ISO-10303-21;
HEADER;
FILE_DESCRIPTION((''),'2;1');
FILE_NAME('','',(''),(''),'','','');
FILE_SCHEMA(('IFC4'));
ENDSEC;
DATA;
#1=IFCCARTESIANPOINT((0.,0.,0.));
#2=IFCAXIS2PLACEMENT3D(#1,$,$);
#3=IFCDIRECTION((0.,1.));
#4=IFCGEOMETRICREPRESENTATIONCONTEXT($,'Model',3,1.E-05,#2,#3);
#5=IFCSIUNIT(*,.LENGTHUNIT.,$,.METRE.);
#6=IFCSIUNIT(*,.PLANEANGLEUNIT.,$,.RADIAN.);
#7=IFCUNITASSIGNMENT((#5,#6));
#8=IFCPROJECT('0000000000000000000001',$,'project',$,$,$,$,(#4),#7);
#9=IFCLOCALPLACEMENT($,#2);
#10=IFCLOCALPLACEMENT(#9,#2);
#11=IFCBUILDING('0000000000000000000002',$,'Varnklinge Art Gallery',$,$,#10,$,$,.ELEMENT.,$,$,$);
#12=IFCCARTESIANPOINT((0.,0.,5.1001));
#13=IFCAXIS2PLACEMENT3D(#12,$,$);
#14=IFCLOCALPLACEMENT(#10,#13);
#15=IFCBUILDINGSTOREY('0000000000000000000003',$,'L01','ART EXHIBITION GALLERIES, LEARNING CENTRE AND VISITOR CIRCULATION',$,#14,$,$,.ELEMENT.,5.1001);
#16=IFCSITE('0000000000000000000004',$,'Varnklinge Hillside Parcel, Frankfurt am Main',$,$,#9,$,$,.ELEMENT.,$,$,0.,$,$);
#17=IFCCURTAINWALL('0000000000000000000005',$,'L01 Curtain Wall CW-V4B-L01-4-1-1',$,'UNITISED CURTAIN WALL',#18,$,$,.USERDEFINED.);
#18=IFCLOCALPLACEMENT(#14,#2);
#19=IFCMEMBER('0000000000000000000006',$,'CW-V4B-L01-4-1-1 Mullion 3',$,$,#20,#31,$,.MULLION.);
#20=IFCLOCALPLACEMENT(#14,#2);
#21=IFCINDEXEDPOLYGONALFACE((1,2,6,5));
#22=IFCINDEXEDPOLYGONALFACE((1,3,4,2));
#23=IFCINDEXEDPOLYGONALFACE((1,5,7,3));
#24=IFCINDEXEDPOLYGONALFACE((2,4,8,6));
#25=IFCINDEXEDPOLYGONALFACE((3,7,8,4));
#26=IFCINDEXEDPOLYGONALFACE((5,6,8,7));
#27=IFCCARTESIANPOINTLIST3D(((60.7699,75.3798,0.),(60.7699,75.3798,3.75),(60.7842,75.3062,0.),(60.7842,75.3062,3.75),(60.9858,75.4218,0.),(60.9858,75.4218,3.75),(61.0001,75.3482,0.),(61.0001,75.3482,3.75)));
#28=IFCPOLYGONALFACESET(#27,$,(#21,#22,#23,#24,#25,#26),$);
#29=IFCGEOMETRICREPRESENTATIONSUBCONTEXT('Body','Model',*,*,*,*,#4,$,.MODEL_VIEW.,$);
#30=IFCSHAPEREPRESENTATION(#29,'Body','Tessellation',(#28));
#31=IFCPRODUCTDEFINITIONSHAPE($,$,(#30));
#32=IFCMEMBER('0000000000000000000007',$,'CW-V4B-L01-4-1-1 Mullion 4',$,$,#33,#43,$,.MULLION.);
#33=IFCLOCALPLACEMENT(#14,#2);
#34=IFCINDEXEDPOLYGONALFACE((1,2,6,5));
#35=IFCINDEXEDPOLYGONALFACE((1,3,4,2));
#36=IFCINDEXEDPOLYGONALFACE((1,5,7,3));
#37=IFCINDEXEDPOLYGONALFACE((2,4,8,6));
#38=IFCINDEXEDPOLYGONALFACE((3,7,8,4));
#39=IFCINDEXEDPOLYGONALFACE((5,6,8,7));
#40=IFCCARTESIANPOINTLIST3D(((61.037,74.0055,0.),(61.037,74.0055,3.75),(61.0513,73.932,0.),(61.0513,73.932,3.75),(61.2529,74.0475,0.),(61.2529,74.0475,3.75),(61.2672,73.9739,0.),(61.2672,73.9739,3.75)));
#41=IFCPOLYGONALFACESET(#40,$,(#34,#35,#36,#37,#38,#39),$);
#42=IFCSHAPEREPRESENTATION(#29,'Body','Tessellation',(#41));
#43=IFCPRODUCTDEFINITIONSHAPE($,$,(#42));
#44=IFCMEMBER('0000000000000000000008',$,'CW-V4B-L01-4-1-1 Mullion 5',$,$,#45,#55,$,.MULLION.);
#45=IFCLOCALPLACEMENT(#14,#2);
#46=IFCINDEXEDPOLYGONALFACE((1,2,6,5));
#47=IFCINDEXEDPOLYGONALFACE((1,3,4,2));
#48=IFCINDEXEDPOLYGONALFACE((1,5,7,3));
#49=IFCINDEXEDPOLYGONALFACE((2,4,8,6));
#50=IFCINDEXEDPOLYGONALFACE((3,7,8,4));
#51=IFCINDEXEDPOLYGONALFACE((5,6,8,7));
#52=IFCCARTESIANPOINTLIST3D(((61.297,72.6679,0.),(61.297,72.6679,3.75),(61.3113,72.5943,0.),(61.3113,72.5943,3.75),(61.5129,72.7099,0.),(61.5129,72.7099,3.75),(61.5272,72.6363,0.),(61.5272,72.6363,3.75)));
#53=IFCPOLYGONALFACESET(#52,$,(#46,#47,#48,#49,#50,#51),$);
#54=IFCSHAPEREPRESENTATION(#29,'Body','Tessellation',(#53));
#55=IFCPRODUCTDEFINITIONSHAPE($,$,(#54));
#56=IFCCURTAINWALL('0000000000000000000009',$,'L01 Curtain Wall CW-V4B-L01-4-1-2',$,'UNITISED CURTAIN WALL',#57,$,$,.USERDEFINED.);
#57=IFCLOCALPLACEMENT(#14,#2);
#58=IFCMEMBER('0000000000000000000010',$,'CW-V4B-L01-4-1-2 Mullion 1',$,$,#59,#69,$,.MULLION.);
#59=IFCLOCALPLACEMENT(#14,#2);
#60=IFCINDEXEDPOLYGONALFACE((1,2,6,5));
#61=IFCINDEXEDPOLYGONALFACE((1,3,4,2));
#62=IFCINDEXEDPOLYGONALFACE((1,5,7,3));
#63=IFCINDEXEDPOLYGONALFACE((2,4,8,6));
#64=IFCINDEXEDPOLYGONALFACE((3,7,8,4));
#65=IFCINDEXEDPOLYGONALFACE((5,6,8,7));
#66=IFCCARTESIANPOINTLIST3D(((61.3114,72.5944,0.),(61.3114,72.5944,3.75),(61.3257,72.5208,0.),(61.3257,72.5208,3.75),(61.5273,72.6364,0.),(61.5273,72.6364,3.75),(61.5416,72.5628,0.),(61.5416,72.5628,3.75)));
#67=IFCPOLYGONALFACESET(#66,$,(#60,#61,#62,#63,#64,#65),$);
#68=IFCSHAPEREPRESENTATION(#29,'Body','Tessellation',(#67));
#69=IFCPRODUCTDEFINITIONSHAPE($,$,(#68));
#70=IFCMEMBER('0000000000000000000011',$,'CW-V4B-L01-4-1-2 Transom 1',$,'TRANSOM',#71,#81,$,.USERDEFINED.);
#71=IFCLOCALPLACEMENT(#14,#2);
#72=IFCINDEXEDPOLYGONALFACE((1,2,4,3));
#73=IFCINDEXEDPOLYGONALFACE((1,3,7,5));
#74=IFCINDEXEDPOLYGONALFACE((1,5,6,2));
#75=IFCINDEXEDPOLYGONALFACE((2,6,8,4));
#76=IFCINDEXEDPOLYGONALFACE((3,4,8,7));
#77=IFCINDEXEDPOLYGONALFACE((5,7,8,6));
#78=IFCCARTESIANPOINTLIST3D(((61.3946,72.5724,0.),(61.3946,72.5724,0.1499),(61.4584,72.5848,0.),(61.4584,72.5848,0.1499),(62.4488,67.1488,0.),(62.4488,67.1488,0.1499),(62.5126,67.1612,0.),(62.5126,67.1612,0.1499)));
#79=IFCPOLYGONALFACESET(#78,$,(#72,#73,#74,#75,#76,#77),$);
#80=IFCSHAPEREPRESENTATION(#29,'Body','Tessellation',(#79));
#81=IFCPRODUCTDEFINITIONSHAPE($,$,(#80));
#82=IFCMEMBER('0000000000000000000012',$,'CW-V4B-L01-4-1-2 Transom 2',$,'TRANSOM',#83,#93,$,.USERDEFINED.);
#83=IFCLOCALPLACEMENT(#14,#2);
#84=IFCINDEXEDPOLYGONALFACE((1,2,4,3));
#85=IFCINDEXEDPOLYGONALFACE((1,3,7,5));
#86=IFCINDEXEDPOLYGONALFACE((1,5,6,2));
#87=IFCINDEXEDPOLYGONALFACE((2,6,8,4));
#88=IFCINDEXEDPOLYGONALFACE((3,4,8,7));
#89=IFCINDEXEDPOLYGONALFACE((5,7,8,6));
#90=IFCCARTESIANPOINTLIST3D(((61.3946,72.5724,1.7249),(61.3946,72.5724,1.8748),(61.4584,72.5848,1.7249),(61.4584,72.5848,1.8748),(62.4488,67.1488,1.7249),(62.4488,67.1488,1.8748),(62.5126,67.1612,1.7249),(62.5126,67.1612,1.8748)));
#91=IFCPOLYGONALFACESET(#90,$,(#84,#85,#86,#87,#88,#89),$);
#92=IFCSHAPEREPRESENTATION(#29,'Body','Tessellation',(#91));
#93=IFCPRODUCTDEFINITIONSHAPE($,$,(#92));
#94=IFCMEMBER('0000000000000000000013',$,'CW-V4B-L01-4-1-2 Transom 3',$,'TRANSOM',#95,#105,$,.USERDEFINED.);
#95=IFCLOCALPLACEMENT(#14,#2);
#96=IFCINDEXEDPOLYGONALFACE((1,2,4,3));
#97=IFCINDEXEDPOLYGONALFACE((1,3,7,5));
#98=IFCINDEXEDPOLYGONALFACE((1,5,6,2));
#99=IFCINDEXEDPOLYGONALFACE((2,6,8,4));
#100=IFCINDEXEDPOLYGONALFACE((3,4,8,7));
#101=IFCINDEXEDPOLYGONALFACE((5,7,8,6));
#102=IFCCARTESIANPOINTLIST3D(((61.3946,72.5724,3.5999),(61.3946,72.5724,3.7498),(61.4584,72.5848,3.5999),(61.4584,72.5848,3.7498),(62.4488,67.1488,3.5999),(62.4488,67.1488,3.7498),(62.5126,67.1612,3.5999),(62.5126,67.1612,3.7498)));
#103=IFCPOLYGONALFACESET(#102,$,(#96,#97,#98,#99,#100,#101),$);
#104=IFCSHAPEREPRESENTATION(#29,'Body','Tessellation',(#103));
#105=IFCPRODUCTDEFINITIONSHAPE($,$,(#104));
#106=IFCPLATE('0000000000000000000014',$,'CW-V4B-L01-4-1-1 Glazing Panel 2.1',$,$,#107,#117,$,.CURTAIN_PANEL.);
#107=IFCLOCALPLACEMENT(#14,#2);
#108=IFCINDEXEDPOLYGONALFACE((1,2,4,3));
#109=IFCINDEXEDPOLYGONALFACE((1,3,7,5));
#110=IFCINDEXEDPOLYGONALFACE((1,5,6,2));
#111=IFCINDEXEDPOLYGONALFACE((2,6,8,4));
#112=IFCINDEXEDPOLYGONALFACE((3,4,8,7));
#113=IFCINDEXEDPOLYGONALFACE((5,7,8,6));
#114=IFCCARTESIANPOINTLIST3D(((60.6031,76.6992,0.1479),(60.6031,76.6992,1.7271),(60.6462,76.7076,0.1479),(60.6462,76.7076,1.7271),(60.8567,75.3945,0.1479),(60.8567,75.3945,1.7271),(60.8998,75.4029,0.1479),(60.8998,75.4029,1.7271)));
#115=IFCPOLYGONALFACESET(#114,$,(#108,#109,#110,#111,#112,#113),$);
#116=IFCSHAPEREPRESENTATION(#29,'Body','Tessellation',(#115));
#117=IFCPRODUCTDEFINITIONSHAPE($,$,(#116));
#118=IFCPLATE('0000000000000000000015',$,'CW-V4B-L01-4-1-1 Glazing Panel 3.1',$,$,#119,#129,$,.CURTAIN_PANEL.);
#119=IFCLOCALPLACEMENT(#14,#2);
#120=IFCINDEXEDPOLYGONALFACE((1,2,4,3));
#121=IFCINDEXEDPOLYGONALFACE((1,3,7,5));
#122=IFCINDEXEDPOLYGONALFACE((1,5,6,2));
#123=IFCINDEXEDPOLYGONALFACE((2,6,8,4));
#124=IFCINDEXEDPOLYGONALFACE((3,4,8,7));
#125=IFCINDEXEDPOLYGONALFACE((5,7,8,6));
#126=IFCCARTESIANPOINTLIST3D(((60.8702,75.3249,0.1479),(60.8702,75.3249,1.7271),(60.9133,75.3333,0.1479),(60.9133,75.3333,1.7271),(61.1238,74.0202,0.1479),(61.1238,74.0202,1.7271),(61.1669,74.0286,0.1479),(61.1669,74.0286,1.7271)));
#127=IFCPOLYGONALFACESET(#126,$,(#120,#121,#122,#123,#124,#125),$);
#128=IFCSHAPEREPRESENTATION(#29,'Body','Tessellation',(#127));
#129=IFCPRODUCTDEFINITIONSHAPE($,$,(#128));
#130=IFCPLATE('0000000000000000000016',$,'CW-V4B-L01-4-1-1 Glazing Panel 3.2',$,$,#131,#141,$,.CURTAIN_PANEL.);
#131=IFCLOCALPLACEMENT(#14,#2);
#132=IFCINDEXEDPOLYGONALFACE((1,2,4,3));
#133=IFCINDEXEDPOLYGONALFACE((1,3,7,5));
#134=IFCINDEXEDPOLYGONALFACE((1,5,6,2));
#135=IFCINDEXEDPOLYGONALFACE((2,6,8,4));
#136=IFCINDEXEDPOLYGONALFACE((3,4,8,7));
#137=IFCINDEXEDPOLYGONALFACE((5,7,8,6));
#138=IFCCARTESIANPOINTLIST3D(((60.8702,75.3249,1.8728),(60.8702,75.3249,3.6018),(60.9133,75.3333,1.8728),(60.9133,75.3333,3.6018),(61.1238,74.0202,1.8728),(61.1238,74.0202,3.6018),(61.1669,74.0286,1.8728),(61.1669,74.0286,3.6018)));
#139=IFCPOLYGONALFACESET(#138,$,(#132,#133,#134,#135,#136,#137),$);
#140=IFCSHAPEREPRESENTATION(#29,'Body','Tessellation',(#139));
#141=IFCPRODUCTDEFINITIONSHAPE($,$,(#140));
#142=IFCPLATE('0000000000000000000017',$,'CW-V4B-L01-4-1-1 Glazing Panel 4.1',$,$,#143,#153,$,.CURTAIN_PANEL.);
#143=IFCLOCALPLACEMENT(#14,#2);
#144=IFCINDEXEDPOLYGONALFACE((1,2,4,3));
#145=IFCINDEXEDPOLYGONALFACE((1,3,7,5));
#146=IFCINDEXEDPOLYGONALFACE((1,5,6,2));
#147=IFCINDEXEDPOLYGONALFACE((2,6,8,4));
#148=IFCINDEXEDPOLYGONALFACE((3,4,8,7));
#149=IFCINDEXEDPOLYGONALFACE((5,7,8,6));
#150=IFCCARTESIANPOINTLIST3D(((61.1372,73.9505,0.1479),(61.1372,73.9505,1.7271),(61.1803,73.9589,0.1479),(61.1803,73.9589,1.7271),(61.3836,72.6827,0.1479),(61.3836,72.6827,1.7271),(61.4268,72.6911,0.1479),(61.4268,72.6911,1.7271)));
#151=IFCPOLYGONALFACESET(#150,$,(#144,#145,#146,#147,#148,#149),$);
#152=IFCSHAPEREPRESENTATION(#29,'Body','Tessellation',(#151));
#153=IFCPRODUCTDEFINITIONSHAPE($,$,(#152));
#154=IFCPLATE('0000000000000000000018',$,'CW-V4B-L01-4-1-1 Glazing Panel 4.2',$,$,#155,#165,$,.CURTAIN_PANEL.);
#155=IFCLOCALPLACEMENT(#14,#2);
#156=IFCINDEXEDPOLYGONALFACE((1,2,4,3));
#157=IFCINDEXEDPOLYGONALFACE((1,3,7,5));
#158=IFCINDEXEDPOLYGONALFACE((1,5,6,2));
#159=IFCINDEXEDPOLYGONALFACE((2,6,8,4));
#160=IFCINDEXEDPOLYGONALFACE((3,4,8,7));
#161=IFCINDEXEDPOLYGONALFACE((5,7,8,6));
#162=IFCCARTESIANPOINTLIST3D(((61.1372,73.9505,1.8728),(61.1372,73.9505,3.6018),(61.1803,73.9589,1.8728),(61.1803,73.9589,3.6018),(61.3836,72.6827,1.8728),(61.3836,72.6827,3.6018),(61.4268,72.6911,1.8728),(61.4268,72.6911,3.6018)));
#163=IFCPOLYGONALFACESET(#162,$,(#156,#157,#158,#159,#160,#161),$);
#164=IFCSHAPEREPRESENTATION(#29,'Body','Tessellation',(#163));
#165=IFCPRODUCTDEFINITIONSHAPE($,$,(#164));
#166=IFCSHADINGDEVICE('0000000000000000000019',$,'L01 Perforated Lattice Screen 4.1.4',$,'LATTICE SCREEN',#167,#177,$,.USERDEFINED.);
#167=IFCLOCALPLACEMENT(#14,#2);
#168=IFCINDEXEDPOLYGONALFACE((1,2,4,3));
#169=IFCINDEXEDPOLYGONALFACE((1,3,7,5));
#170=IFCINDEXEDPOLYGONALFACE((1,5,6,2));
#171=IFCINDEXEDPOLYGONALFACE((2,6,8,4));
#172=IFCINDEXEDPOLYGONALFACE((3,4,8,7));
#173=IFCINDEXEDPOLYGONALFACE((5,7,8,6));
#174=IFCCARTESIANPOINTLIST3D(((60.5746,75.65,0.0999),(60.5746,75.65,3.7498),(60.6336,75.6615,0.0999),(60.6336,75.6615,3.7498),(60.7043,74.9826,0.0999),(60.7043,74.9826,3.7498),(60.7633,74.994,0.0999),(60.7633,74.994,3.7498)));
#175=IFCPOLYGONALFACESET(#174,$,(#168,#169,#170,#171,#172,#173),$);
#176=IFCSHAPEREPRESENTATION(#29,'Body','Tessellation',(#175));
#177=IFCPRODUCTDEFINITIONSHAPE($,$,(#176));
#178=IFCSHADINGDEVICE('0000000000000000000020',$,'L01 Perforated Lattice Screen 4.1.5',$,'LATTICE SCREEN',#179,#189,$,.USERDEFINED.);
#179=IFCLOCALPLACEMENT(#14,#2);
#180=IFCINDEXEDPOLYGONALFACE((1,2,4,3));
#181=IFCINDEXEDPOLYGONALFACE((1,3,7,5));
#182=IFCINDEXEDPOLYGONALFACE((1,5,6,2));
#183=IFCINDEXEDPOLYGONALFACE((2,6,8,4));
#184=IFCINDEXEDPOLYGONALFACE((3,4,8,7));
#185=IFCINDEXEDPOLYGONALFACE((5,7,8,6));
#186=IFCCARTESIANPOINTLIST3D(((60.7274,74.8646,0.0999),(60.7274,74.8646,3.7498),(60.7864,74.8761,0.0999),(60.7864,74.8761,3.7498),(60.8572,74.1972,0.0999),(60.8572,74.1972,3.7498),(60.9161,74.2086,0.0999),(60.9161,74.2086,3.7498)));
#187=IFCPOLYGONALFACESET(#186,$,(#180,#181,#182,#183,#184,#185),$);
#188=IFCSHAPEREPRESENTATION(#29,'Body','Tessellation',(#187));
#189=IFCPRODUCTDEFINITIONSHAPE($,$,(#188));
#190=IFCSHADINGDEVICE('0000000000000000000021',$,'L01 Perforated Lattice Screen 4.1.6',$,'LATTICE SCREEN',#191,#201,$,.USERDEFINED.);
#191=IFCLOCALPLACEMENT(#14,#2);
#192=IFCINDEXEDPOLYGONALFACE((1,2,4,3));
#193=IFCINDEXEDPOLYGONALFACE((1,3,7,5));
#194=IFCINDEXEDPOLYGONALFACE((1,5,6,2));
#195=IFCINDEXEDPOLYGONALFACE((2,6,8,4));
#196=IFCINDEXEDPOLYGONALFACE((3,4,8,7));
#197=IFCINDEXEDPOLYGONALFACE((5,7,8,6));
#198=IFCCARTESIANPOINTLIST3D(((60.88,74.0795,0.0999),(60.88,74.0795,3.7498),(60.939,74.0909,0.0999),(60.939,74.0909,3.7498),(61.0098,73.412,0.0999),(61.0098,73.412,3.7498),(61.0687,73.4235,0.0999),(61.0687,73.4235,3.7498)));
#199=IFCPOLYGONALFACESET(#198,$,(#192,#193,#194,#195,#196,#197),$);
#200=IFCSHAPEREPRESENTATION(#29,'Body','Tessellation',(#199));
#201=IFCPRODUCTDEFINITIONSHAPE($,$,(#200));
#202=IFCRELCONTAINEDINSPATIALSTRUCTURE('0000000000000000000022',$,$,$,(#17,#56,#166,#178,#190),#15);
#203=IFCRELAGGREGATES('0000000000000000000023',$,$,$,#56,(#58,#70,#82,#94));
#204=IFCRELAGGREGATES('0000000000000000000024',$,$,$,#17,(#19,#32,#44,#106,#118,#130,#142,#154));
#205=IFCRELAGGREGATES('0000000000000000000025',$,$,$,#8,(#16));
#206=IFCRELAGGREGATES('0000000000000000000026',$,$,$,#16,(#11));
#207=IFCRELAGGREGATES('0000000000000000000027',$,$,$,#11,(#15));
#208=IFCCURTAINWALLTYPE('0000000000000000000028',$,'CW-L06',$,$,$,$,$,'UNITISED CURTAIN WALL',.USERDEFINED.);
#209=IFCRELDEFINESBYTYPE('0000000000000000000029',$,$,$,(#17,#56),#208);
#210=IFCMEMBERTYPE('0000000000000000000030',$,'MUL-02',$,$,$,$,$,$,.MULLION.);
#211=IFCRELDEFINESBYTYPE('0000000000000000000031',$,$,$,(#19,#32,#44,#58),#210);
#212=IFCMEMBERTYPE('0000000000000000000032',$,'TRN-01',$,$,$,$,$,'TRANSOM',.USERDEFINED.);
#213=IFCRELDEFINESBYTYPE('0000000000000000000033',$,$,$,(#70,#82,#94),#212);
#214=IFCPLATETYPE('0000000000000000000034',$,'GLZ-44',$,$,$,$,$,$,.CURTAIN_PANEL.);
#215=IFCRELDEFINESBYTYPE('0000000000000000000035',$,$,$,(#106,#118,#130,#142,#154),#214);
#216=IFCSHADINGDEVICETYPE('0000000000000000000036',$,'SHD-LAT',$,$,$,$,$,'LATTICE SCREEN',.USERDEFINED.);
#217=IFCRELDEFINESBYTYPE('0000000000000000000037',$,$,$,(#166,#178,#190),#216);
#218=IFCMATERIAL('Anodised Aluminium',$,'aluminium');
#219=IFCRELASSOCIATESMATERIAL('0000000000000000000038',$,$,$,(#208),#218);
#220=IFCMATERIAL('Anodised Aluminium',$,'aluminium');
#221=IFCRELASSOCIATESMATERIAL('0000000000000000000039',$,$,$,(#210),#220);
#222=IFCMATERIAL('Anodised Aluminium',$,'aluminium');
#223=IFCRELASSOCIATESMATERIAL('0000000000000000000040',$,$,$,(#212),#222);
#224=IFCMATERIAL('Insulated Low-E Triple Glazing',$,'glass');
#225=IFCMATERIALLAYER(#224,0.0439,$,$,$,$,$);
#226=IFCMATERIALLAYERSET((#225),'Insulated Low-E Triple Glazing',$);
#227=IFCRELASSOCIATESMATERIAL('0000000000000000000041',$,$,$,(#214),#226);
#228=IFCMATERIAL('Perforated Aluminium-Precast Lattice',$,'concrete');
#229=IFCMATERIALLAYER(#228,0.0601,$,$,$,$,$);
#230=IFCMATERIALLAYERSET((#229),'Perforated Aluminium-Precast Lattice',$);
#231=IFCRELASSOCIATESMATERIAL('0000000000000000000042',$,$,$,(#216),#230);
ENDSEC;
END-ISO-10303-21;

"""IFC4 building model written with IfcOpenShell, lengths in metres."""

from ifc_helpers import new_model, si_unit, direction, frame, origin, origin_2d, place, context, subcontext, project, spatial, rectangle, extrude, material, layer, layer_set, material_profile, profile_set, type_object, element, aggregate, save


model = new_model("IFC4")

# Units and contexts
model_context = context("Model", 3, precision=1e-05, world=origin(), true_north=direction((0.0, 1.0)))
body_context = subcontext(model_context, "Body", "Model", "MODEL_VIEW")
ifc_project = project(units=[si_unit("LENGTHUNIT", "METRE"), si_unit("PLANEANGLEUNIT", "RADIAN")], contexts=[model_context])

# Site, building, storey
site_placement = place(None, origin())
site = spatial("IfcSite", under=ifc_project, at=site_placement, Name="Varnklinge Hillside Parcel, Frankfurt am Main", CompositionType="ELEMENT", RefElevation=0.0)
building_placement = place(site_placement, origin())
building = spatial("IfcBuilding", under=site, at=building_placement, Name="Varnklinge Art Gallery", CompositionType="ELEMENT")
storey_placement = place(building_placement, frame((0.0, 0.0, 5.1001)))
storey = spatial("IfcBuildingStorey", under=building, at=storey_placement, Name="L01", Description="ART EXHIBITION GALLERIES, LEARNING CENTRE AND VISITOR CIRCULATION", CompositionType="ELEMENT", Elevation=5.1001)

# Curtain walls, members
ifc_material_1 = material(Name="Anodised Aluminium", Category="aluminium")
curtain_wall_type = type_object("IfcCurtainWallType", Name="CW-L06", ElementType="UNITISED CURTAIN WALL", PredefinedType="USERDEFINED", material=ifc_material_1)
curtain_wall_1_placement = place(storey_placement, origin())
curtain_wall_1 = element("IfcCurtainWall", 1, at=curtain_wall_1_placement, inside=storey, type_object=curtain_wall_type, Name="L01 Curtain Wall CW-V4B-L01-4-1-1", ObjectType="UNITISED CURTAIN WALL", PredefinedType="USERDEFINED")
ifc_material_2 = material(Name="Anodised Aluminium", Category="aluminium")
ifc_material_profile_1 = material_profile(ifc_material_2, rectangle(XDim=0.075, YDim=0.22, at=origin_2d()), Name="ALU 75x220")
ifc_profile_set_1 = profile_set([ifc_material_profile_1], Name="Anodised Aluminium")
member_type_1 = type_object("IfcMemberType", Name="MUL-02", PredefinedType="MULLION", material=ifc_profile_set_1)
member_1_placement = place(storey_placement, frame((60.885, 75.364, 0.0), z_axis=(0.0, 0.0, 1.0), x_axis=(0.190809, -0.981627, 0.0)))
member_1 = element("IfcMember", 2, at=member_1_placement, type_object=member_type_1, Name="CW-V4B-L01-4-1-1 Mullion 3", PredefinedType="MULLION", context=body_context, shape_type="SweptSolid", body=[
    extrude(rectangle(XDim=0.075, YDim=0.22, at=origin_2d()), origin(), (0.0, 0.0, 1.0), 3.75),
])
member_2_placement = place(storey_placement, frame((61.1521, 73.9897, 0.0), z_axis=(0.0, 0.0, 1.0), x_axis=(0.190809, -0.981627, 0.0)))
member_2 = element("IfcMember", 3, at=member_2_placement, type_object=member_type_1, Name="CW-V4B-L01-4-1-1 Mullion 4", PredefinedType="MULLION", context=body_context, shape_type="SweptSolid", body=[
    extrude(rectangle(XDim=0.075, YDim=0.22, at=origin_2d()), origin(), (0.0, 0.0, 1.0), 3.75),
])
member_3_placement = place(storey_placement, frame((61.4121, 72.6521, 0.0), z_axis=(0.0, 0.0, 1.0), x_axis=(0.190809, -0.981627, 0.0)))
member_3 = element("IfcMember", 4, at=member_3_placement, type_object=member_type_1, Name="CW-V4B-L01-4-1-1 Mullion 5", PredefinedType="MULLION", context=body_context, shape_type="SweptSolid", body=[
    extrude(rectangle(XDim=0.075, YDim=0.22, at=origin_2d()), origin(), (0.0, 0.0, 1.0), 3.75),
])
curtain_wall_2_placement = place(storey_placement, origin())
curtain_wall_2 = element("IfcCurtainWall", 5, at=curtain_wall_2_placement, inside=storey, type_object=curtain_wall_type, Name="L01 Curtain Wall CW-V4B-L01-4-1-2", ObjectType="UNITISED CURTAIN WALL", PredefinedType="USERDEFINED")
member_4_placement = place(storey_placement, frame((61.4265, 72.5786, 0.0), z_axis=(0.0, 0.0, 1.0), x_axis=(0.190809, -0.981627, 0.0)))
member_4 = element("IfcMember", 6, at=member_4_placement, type_object=member_type_1, Name="CW-V4B-L01-4-1-2 Mullion 1", PredefinedType="MULLION", context=body_context, shape_type="SweptSolid", body=[
    extrude(rectangle(XDim=0.075, YDim=0.22, at=origin_2d()), origin(), (0.0, 0.0, 1.0), 3.75),
])
ifc_material_3 = material(Name="Anodised Aluminium", Category="aluminium")
ifc_material_profile_2 = material_profile(ifc_material_3, rectangle(XDim=0.0649, YDim=0.1499, at=origin_2d()), Name="ALU 65x150")
ifc_profile_set_2 = profile_set([ifc_material_profile_2], Name="Anodised Aluminium")
member_type_2 = type_object("IfcMemberType", Name="TRN-01", ElementType="TRANSOM", PredefinedType="USERDEFINED", material=ifc_profile_set_2)
member_5_placement = place(storey_placement, frame((61.4265, 72.5786, 0.075), z_axis=(0.190802, -0.981628, 0.0), x_axis=(0.981628, 0.190802, 0.0)))
member_5 = element("IfcMember", 7, at=member_5_placement, type_object=member_type_2, Name="CW-V4B-L01-4-1-2 Transom 1", ObjectType="TRANSOM", PredefinedType="USERDEFINED", context=body_context, shape_type="SweptSolid", body=[
    extrude(rectangle(XDim=0.0649, YDim=0.1499, at=origin_2d()), origin(), (0.0, 0.0, 1.0), 5.5251),
])
member_6_placement = place(storey_placement, frame((61.4265, 72.5786, 1.7998), z_axis=(0.190802, -0.981628, 0.0), x_axis=(0.981628, 0.190802, 0.0)))
member_6 = element("IfcMember", 8, at=member_6_placement, type_object=member_type_2, Name="CW-V4B-L01-4-1-2 Transom 2", ObjectType="TRANSOM", PredefinedType="USERDEFINED", context=body_context, shape_type="SweptSolid", body=[
    extrude(rectangle(XDim=0.0649, YDim=0.1499, at=origin_2d()), origin(), (0.0, 0.0, 1.0), 5.5251),
])
member_7_placement = place(storey_placement, frame((61.4265, 72.5786, 3.6748), z_axis=(0.190802, -0.981628, 0.0), x_axis=(0.981628, 0.190802, 0.0)))
member_7 = element("IfcMember", 9, at=member_7_placement, type_object=member_type_2, Name="CW-V4B-L01-4-1-2 Transom 3", ObjectType="TRANSOM", PredefinedType="USERDEFINED", context=body_context, shape_type="SweptSolid", body=[
    extrude(rectangle(XDim=0.0649, YDim=0.1499, at=origin_2d()), origin(), (0.0, 0.0, 1.0), 5.5251),
])
aggregate(curtain_wall_2, [member_4, member_5, member_6, member_7])

# Plates
ifc_material_4 = material(Name="Insulated Low-E Triple Glazing", Category="glass")
ifc_layer_1 = layer(ifc_material_4, 0.0439)
ifc_layer_set_1 = layer_set([ifc_layer_1], Name="Insulated Low-E Triple Glazing")
plate_type = type_object("IfcPlateType", Name="GLZ-44", PredefinedType="CURTAIN_PANEL", material=ifc_layer_set_1)
plate_1_placement = place(storey_placement, frame((60.7515, 76.051, 0.1479), z_axis=(0.0, 0.0, 1.0), x_axis=(0.190809, -0.981627, 0.0)))
plate_1 = element("IfcPlate", 10, at=plate_1_placement, type_object=plate_type, Name="CW-V4B-L01-4-1-1 Glazing Panel 2.1", PredefinedType="CURTAIN_PANEL", context=body_context, shape_type="SweptSolid", body=[
    extrude(rectangle(XDim=1.3291, YDim=0.0439, at=origin_2d()), origin(), (0.0, 0.0, 1.0), 1.5791),
])
plate_2_placement = place(storey_placement, frame((61.0186, 74.6768, 0.1479), z_axis=(0.0, 0.0, 1.0), x_axis=(0.190809, -0.981627, 0.0)))
plate_2 = element("IfcPlate", 11, at=plate_2_placement, type_object=plate_type, Name="CW-V4B-L01-4-1-1 Glazing Panel 3.1", PredefinedType="CURTAIN_PANEL", context=body_context, shape_type="SweptSolid", body=[
    extrude(rectangle(XDim=1.3291, YDim=0.0439, at=origin_2d()), origin(), (0.0, 0.0, 1.0), 1.5791),
])
plate_3_placement = place(storey_placement, frame((61.0186, 74.6768, 1.8728), z_axis=(0.0, 0.0, 1.0), x_axis=(0.190809, -0.981627, 0.0)))
plate_3 = element("IfcPlate", 12, at=plate_3_placement, type_object=plate_type, Name="CW-V4B-L01-4-1-1 Glazing Panel 3.2", PredefinedType="CURTAIN_PANEL", context=body_context, shape_type="SweptSolid", body=[
    extrude(rectangle(XDim=1.3291, YDim=0.0439, at=origin_2d()), origin(), (0.0, 0.0, 1.0), 1.729),
])
plate_4_placement = place(storey_placement, frame((61.282, 73.3208, 0.1479), z_axis=(0.0, 0.0, 1.0), x_axis=(0.190809, -0.981627, 0.0)))
plate_4 = element("IfcPlate", 13, at=plate_4_placement, type_object=plate_type, Name="CW-V4B-L01-4-1-1 Glazing Panel 4.1", PredefinedType="CURTAIN_PANEL", context=body_context, shape_type="SweptSolid", body=[
    extrude(rectangle(XDim=1.2915, YDim=0.0439, at=origin_2d()), origin(), (0.0, 0.0, 1.0), 1.5791),
])
plate_5_placement = place(storey_placement, frame((61.282, 73.3208, 1.8728), z_axis=(0.0, 0.0, 1.0), x_axis=(0.190809, -0.981627, 0.0)))
plate_5 = element("IfcPlate", 14, at=plate_5_placement, type_object=plate_type, Name="CW-V4B-L01-4-1-1 Glazing Panel 4.2", PredefinedType="CURTAIN_PANEL", context=body_context, shape_type="SweptSolid", body=[
    extrude(rectangle(XDim=1.2915, YDim=0.0439, at=origin_2d()), origin(), (0.0, 0.0, 1.0), 1.729),
])
aggregate(curtain_wall_1, [member_1, member_2, member_3, plate_1, plate_2, plate_3, plate_4, plate_5])

# Shading devices
ifc_material_5 = material(Name="Perforated Aluminium-Precast Lattice", Category="concrete")
ifc_layer_2 = layer(ifc_material_5, 0.0601)
ifc_layer_set_2 = layer_set([ifc_layer_2], Name="Perforated Aluminium-Precast Lattice")
shading_device_type = type_object("IfcShadingDeviceType", Name="SHD-LAT", ElementType="LATTICE SCREEN", PredefinedType="USERDEFINED", material=ifc_layer_set_2)
for number, where, z_axis, x_axis, name in (
    (15, (60.6689, 75.322, 0.0999), (0.0, 0.0, 1.0), (0.190809, -0.981627, 0.0), "L01 Perforated Lattice Screen 4.1.4"),
    (16, (60.8218, 74.5366, 0.0999), (0.0, 0.0, 1.0), (0.190809, -0.981627, 0.0), "L01 Perforated Lattice Screen 4.1.5"),
    (17, (60.9744, 73.7515, 0.0999), (0.0, 0.0, 1.0), (0.190809, -0.981627, 0.0), "L01 Perforated Lattice Screen 4.1.6"),
):
    element("IfcShadingDevice", number, at=place(storey_placement, frame(where, z_axis=z_axis, x_axis=x_axis)), inside=storey, type_object=shading_device_type, Name=name, ObjectType="LATTICE SCREEN", PredefinedType="USERDEFINED", context=body_context, shape_type="SweptSolid", body=[
        extrude(rectangle(XDim=0.6799, YDim=0.0601, at=origin_2d()), origin(), (0.0, 0.0, 1.0), 3.6499),
    ])

save(model, "model.ifc")
